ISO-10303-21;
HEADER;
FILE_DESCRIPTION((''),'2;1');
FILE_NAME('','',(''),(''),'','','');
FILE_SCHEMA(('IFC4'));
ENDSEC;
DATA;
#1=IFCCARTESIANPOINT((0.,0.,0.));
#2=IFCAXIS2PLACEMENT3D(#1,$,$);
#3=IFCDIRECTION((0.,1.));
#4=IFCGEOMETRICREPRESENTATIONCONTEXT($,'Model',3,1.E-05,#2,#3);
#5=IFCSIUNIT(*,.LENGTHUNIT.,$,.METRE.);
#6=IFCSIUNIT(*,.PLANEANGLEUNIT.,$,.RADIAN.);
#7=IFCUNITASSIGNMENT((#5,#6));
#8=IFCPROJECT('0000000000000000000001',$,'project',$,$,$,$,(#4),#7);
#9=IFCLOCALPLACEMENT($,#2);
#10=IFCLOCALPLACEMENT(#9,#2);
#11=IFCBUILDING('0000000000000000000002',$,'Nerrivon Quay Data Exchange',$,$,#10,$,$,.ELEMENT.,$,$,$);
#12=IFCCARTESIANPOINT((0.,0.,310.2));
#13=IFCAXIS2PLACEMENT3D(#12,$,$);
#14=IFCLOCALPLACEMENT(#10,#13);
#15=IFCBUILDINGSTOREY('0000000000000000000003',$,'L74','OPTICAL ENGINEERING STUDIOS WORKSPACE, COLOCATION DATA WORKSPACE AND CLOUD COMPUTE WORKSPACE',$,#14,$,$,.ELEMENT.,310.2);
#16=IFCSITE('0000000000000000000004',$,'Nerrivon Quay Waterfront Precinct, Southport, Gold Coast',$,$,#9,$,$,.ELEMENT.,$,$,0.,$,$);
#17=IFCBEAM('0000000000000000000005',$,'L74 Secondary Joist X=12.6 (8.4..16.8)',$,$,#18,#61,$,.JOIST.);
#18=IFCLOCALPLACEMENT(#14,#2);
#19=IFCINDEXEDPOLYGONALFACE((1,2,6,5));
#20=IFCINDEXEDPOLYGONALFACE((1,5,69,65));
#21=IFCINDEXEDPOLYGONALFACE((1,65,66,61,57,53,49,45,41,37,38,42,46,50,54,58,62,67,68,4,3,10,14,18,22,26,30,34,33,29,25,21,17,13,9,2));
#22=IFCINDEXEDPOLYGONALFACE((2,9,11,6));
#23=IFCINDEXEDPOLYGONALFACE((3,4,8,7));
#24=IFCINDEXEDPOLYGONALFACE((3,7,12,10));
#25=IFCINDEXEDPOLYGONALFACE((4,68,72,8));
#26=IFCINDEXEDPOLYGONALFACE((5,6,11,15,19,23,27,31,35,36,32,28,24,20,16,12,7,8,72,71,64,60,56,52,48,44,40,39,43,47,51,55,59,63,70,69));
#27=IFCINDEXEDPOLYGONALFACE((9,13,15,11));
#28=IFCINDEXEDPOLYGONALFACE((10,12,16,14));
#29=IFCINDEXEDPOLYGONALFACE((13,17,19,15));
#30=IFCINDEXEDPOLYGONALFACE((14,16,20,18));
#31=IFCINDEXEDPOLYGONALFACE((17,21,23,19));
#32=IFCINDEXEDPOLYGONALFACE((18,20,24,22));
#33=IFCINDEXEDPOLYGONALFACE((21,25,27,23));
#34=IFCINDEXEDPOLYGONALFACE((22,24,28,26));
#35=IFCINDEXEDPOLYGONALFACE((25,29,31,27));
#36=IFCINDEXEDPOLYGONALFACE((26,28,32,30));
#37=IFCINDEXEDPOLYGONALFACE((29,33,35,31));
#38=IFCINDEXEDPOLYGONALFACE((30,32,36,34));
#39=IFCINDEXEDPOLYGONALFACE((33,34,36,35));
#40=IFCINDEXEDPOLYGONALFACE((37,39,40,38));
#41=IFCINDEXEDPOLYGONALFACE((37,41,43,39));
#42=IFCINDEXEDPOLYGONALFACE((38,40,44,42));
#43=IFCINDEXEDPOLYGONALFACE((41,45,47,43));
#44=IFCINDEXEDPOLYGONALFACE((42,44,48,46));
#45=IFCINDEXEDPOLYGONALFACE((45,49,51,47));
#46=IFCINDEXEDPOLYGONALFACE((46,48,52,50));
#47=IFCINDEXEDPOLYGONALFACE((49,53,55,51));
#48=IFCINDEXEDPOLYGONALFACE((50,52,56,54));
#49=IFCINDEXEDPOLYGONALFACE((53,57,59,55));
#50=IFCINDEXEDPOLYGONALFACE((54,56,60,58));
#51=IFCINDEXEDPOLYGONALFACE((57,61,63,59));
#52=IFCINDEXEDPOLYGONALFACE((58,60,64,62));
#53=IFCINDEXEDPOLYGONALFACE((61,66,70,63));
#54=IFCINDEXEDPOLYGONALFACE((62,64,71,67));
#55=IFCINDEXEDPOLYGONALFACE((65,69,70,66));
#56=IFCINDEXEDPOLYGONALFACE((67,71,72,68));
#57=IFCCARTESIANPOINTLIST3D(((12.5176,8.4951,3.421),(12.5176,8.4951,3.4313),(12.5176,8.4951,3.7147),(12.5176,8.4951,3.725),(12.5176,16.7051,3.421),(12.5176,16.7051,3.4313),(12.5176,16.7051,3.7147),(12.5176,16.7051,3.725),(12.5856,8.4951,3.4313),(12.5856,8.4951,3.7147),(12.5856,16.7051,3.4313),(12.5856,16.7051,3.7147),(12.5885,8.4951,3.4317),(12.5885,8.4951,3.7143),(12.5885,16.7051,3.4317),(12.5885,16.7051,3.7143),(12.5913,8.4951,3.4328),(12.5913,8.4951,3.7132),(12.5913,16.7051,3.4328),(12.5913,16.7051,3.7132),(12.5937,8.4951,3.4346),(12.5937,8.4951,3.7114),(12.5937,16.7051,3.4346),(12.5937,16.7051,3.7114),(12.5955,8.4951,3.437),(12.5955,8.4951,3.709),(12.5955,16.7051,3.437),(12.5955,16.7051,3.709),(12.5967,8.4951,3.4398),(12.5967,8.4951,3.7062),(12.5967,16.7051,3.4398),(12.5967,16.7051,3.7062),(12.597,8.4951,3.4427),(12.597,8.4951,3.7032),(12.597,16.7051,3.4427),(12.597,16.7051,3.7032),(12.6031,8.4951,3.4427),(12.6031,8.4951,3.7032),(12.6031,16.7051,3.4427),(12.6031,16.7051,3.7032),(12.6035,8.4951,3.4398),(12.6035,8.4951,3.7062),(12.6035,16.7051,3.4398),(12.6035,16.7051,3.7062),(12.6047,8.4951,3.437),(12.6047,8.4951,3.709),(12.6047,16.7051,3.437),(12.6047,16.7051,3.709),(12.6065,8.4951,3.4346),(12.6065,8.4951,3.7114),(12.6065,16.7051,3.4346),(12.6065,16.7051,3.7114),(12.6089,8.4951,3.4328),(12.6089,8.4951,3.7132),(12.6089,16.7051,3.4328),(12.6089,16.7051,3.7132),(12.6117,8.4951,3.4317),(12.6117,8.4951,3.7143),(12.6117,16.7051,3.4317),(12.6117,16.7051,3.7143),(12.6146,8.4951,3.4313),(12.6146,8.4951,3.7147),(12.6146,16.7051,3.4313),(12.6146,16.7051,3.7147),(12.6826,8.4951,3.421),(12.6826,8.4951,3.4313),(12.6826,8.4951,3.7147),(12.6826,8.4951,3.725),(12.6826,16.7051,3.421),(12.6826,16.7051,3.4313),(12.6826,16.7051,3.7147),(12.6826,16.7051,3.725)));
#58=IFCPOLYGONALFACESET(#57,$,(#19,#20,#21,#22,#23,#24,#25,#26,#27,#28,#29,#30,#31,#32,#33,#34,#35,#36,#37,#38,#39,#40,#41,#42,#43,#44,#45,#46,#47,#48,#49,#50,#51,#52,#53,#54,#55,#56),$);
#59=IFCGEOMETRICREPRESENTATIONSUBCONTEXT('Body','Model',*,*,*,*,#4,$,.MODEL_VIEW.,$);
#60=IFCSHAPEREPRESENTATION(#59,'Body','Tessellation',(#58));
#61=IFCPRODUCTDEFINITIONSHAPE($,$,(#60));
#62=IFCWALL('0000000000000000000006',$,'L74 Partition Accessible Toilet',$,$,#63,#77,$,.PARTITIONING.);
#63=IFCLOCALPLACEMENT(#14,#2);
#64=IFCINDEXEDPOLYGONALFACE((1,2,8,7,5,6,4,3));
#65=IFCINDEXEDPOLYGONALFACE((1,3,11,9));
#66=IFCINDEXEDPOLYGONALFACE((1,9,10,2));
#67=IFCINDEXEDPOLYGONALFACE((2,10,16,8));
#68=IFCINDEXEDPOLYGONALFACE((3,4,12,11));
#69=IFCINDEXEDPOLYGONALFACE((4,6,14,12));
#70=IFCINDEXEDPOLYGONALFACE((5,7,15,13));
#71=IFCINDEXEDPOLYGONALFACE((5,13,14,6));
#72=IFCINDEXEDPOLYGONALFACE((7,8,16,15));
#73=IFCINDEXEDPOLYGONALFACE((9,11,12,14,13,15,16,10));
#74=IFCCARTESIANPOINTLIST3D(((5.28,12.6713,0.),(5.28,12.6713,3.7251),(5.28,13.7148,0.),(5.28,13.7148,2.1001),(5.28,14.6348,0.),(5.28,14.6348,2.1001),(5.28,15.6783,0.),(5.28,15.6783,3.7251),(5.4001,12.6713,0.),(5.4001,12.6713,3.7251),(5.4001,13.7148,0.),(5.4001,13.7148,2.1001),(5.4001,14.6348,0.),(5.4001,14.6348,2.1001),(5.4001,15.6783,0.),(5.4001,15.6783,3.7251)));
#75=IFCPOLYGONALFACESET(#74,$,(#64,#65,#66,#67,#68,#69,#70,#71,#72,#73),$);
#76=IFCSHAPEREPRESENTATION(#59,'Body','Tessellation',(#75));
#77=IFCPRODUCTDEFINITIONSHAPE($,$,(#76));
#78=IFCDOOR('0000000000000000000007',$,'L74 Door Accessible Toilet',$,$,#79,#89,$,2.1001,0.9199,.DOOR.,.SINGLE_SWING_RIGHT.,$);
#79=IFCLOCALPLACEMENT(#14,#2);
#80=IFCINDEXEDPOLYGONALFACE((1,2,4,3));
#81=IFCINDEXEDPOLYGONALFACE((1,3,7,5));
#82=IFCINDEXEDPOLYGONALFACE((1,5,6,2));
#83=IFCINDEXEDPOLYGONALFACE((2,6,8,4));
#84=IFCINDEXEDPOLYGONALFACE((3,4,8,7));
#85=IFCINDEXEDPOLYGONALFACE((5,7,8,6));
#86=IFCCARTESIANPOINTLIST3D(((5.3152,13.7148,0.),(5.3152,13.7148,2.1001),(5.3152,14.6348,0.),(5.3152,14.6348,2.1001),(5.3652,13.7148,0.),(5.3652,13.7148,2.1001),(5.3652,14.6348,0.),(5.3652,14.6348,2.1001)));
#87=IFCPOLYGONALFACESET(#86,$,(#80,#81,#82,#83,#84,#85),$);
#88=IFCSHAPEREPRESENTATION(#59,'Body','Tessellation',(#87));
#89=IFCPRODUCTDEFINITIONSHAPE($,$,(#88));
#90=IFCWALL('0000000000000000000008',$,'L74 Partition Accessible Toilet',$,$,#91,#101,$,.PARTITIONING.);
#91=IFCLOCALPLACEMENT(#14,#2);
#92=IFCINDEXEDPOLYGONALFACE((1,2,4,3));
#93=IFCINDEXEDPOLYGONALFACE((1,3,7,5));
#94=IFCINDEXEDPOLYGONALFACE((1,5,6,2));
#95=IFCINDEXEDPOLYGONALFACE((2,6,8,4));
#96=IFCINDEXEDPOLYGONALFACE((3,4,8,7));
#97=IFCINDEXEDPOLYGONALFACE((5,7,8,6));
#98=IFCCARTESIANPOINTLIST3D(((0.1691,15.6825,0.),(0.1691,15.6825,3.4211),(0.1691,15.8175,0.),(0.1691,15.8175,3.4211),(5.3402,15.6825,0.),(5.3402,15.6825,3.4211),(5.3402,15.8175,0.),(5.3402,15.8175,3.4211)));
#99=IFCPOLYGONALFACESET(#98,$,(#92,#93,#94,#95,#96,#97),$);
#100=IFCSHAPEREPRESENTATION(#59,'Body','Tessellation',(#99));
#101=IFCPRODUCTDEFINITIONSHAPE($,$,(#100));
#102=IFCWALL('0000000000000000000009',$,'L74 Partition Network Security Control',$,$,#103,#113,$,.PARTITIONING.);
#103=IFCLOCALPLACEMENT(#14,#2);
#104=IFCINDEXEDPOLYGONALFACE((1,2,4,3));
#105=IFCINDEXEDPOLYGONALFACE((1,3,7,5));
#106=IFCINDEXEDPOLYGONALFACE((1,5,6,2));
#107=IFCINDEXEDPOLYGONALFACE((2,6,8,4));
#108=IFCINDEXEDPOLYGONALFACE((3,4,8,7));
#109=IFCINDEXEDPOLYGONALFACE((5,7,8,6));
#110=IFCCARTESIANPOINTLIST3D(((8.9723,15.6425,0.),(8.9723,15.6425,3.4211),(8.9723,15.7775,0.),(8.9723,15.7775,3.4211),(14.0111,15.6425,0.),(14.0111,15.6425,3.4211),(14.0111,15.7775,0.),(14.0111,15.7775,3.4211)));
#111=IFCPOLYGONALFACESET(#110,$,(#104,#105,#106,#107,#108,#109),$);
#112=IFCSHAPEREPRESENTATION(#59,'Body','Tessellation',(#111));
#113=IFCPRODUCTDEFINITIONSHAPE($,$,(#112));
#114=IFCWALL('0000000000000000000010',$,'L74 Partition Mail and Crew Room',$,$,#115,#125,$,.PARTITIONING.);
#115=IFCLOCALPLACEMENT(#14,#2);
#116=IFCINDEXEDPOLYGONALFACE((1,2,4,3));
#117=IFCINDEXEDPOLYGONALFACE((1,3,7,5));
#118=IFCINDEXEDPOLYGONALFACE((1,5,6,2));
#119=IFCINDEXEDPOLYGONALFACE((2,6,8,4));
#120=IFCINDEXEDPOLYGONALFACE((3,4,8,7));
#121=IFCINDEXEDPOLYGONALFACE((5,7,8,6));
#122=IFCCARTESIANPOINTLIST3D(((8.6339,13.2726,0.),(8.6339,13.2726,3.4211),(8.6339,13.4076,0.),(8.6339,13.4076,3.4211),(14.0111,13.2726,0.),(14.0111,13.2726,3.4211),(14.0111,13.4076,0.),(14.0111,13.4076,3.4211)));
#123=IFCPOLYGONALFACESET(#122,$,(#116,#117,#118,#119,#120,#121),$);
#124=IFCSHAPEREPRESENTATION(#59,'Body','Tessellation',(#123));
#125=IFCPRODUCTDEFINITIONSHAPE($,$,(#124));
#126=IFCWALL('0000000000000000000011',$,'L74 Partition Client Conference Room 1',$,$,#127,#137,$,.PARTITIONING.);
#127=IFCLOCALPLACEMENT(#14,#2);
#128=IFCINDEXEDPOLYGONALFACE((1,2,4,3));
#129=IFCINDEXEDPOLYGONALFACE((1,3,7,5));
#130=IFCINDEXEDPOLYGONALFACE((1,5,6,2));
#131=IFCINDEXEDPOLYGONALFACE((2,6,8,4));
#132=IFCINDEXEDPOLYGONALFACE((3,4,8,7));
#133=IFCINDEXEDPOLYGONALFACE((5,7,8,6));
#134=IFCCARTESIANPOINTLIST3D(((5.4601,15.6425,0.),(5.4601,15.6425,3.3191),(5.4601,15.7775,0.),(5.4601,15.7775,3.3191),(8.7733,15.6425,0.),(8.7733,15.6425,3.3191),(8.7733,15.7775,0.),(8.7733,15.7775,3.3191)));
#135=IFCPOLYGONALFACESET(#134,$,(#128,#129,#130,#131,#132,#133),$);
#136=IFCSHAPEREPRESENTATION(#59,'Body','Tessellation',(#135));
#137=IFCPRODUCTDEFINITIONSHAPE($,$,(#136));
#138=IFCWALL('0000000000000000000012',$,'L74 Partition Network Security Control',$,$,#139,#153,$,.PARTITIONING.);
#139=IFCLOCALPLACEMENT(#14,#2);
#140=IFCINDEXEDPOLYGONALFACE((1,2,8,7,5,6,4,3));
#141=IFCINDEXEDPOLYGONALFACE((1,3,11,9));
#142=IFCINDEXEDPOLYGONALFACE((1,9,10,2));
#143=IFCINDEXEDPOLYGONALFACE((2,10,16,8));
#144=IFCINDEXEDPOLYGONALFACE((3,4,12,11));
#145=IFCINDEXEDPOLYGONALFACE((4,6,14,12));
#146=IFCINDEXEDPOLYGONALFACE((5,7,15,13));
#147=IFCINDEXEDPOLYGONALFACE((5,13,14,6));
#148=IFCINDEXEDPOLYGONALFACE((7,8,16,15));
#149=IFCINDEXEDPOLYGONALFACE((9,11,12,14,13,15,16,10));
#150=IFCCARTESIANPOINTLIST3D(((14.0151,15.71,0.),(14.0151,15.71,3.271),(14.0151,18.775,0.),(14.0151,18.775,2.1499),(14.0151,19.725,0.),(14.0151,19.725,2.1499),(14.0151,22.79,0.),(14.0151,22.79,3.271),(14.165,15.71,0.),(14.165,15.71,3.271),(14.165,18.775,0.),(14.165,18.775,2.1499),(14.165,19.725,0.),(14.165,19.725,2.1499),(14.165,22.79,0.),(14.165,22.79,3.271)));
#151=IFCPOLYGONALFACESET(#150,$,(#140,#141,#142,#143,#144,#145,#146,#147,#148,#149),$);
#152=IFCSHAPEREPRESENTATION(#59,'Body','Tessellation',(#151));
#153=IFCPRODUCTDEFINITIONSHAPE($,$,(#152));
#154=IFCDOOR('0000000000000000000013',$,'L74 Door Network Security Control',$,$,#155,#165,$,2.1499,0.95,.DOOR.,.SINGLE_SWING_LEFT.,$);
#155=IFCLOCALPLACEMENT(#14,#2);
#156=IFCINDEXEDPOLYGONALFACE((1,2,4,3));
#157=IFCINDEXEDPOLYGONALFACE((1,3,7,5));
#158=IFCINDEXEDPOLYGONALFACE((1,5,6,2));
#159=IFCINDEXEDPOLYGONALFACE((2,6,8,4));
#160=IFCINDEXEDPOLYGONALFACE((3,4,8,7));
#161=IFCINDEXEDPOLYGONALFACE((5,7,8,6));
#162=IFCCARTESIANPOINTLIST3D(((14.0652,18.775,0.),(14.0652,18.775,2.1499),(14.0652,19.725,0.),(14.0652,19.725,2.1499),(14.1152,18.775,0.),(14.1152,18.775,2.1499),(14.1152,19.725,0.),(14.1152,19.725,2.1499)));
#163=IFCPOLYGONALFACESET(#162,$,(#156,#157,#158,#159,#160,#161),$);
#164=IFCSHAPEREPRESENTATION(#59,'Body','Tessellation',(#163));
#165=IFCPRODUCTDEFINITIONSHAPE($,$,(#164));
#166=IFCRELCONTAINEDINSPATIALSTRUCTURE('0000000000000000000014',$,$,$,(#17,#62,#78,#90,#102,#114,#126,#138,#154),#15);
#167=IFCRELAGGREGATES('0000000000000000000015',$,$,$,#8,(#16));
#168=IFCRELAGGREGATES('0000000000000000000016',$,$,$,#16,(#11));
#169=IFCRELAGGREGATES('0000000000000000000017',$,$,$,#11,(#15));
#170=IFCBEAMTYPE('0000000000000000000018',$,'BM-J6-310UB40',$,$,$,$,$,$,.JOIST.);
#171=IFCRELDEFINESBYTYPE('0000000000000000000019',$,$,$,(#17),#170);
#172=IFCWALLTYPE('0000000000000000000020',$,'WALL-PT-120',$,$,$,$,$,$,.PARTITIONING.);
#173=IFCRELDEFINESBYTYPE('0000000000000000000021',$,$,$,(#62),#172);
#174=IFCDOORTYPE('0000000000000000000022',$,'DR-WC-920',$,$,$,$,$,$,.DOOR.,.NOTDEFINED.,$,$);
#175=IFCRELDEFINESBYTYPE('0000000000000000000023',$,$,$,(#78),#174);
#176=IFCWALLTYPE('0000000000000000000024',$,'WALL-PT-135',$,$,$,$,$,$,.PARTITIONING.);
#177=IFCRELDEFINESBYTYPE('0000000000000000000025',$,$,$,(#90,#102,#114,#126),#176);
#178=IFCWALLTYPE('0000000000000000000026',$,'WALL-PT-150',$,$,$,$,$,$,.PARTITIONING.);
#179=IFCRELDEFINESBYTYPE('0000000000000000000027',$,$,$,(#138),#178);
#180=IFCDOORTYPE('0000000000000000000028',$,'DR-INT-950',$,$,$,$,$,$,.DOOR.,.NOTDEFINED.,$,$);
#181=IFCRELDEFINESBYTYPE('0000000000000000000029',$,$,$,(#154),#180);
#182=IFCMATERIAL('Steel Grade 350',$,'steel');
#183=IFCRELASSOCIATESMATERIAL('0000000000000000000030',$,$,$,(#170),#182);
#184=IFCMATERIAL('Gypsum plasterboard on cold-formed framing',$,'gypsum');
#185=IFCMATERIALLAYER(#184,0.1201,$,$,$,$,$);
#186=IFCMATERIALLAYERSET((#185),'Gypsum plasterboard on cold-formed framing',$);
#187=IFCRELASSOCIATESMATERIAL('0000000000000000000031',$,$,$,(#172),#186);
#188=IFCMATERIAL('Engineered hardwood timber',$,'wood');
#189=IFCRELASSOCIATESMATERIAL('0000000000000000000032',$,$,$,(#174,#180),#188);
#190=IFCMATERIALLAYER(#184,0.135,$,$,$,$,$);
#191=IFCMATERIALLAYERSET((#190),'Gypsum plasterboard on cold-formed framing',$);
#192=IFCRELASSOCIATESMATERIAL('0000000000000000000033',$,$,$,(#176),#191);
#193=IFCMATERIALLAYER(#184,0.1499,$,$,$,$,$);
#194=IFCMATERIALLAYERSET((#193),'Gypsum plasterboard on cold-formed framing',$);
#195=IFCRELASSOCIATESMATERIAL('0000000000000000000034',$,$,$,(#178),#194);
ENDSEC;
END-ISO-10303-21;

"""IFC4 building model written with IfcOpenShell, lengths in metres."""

from ifc_helpers import new_model, si_unit, direction, frame, frame_2d, origin, origin_2d, place, context, subcontext, project, spatial, rectangle, i_section, extrude, material, layer, layer_set, material_profile, profile_set, type_object, element, fill, save


model = new_model("IFC4")

# Units and contexts
model_context = context("Model", 3, precision=1e-05, world=origin(), true_north=direction((0.0, 1.0)))
body_context = subcontext(model_context, "Body", "Model", "MODEL_VIEW")
ifc_project = project(units=[si_unit("LENGTHUNIT", "METRE"), si_unit("PLANEANGLEUNIT", "RADIAN")], contexts=[model_context])

# Site, building, storey
site_placement = place(None, origin())
site = spatial("IfcSite", under=ifc_project, at=site_placement, Name="Nerrivon Quay Waterfront Precinct, Southport, Gold Coast", CompositionType="ELEMENT", RefElevation=0.0)
building_placement = place(site_placement, origin())
building = spatial("IfcBuilding", under=site, at=building_placement, Name="Nerrivon Quay Data Exchange", CompositionType="ELEMENT")
storey_placement = place(building_placement, frame((0.0, 0.0, 310.2)))
storey = spatial("IfcBuildingStorey", under=building, at=storey_placement, Name="L74", Description="OPTICAL ENGINEERING STUDIOS WORKSPACE, COLOCATION DATA WORKSPACE AND CLOUD COMPUTE WORKSPACE", CompositionType="ELEMENT", Elevation=310.2)

# Shared definitions
ifc_material_1 = material(Name="Steel Grade 350", Category="steel")

# Beam
ifc_material_profile_1 = material_profile(ifc_material_1, i_section(OverallWidth=0.165, OverallDepth=0.304, WebThickness=0.0061, FlangeThickness=0.0103, FilletRadius=0.0115, at=origin_2d()), Name="310UB40.4")
ifc_profile_set_1 = profile_set([ifc_material_profile_1], Name="Steel Grade 350")
beam_type_1 = type_object("IfcBeamType", Name="BM-J6-310UB40", PredefinedType="JOIST", material=ifc_profile_set_1)
beam_1_placement = place(storey_placement, frame((12.6001, 8.4951, 3.573), z_axis=(0.0, 1.0, 0.0), x_axis=(-1.0, 0.0, 0.0)))
element("IfcBeam", 1, at=beam_1_placement, inside=storey, type_object=beam_type_1, Name="L74 Secondary Joist X=12.6 (8.4..16.8)", PredefinedType="JOIST", context=body_context, shape_type="SweptSolid", body=[
    extrude(i_section(OverallWidth=0.165, OverallDepth=0.304, WebThickness=0.0061, FlangeThickness=0.0103, FilletRadius=0.0115, at=origin_2d()), origin(), (0.0, 0.0, 1.0), 8.21),
])

# Wall, opening, door
ifc_material_2 = material(Name="Gypsum plasterboard on cold-formed framing", Category="gypsum")
ifc_material_3 = material(Name="Engineered hardwood timber", Category="wood")
ifc_layer_1 = layer(ifc_material_2, 0.1201)
ifc_layer_set_1 = layer_set([ifc_layer_1], Name="Gypsum plasterboard on cold-formed framing")
wall_type_1 = type_object("IfcWallType", Name="WALL-PT-120", PredefinedType="PARTITIONING", material=ifc_layer_set_1)
wall_1_placement = place(storey_placement, frame((5.3401, 12.6714, 0.0), z_axis=(0.0, 0.0, 1.0), x_axis=(0.0, 1.0, 0.0)))
wall_1 = element("IfcWall", 2, at=wall_1_placement, inside=storey, type_object=wall_type_1, Name="L74 Partition Accessible Toilet", PredefinedType="PARTITIONING", context=body_context, shape_type="SweptSolid", body=[
    extrude(rectangle(XDim=3.0071, YDim=0.1201, at=frame_2d((1.5034, 0.0))), origin(), (0.0, 0.0, 1.0), 3.7251),
])
opening_1_placement = place(wall_1_placement, frame((1.0435, 0.0, 0.0)))
opening_1 = element("IfcOpeningElement", 3, at=opening_1_placement, cuts=wall_1, PredefinedType="OPENING", context=body_context, shape_type="SweptSolid", body=[
    extrude(rectangle(XDim=0.9199, YDim=2.1001, at=frame_2d((0.46, 1.05))), frame((0.0, 0.0701, 0.0), z_axis=(0.0, -1.0, 0.0), x_axis=(1.0, 0.0, 0.0)), (0.0, 0.0, 1.0), 0.1401),
])
door_type_1 = type_object("IfcDoorType", Name="DR-WC-920", OperationType="NOTDEFINED", PredefinedType="DOOR", material=ifc_material_3)
door_1_placement = place(opening_1_placement, origin())
door_1 = element("IfcDoor", 4, at=door_1_placement, inside=storey, type_object=door_type_1, Name="L74 Door Accessible Toilet", OperationType="SINGLE_SWING_RIGHT", OverallHeight=2.1001, OverallWidth=0.9199, PredefinedType="DOOR", context=body_context, shape_type="SweptSolid", body=[
    extrude(rectangle(XDim=0.9199, YDim=2.1001, at=frame_2d((0.46, 1.05))), frame((0.0, 0.0249, 0.0), z_axis=(0.0, -1.0, 0.0), x_axis=(1.0, 0.0, 0.0)), (0.0, 0.0, 1.0), 0.05),
])
fill(opening_1, door_1)

# Walls
ifc_layer_2 = layer(ifc_material_2, 0.135)
ifc_layer_set_2 = layer_set([ifc_layer_2], Name="Gypsum plasterboard on cold-formed framing")
wall_type_2 = type_object("IfcWallType", Name="WALL-PT-135", PredefinedType="PARTITIONING", material=ifc_layer_set_2)
wall_2_placement = place(storey_placement, frame((5.3401, 15.75, 0.0), z_axis=(0.0, 0.0, 1.0), x_axis=(-1.0, 0.0, 0.0)))
element("IfcWall", 5, at=wall_2_placement, inside=storey, type_object=wall_type_2, Name="L74 Partition Accessible Toilet", PredefinedType="PARTITIONING", context=body_context, shape_type="SweptSolid", body=[
    extrude(rectangle(XDim=5.1711, YDim=0.135, at=frame_2d((2.5854, 0.0))), origin(), (0.0, 0.0, 1.0), 3.4211),
])
wall_3_placement = place(storey_placement, frame((8.9722, 15.71, 0.0), z_axis=(0.0, 0.0, 1.0), x_axis=(1.0, 0.0, 0.0)))
element("IfcWall", 6, at=wall_3_placement, inside=storey, type_object=wall_type_2, Name="L74 Partition Network Security Control", PredefinedType="PARTITIONING", context=body_context, shape_type="SweptSolid", body=[
    extrude(rectangle(XDim=5.0388, YDim=0.135, at=frame_2d((2.5195, 0.0))), origin(), (0.0, 0.0, 1.0), 3.4211),
])
wall_4_placement = place(storey_placement, frame((14.011, 13.3401, 0.0), z_axis=(0.0, 0.0, 1.0), x_axis=(-1.0, 0.0, 0.0)))
element("IfcWall", 7, at=wall_4_placement, inside=storey, type_object=wall_type_2, Name="L74 Partition Mail and Crew Room", PredefinedType="PARTITIONING", context=body_context, shape_type="SweptSolid", body=[
    extrude(rectangle(XDim=5.3772, YDim=0.135, at=frame_2d((2.6885, 0.0))), origin(), (0.0, 0.0, 1.0), 3.4211),
])
wall_5_placement = place(storey_placement, frame((5.46, 15.71, 0.0), z_axis=(0.0, 0.0, 1.0), x_axis=(1.0, 0.0, 0.0)))
element("IfcWall", 8, at=wall_5_placement, inside=storey, type_object=wall_type_2, Name="L74 Partition Client Conference Room 1", PredefinedType="PARTITIONING", context=body_context, shape_type="SweptSolid", body=[
    extrude(rectangle(XDim=3.3132, YDim=0.135, at=frame_2d((1.6567, 0.0))), origin(), (0.0, 0.0, 1.0), 3.3191),
])

# Wall, opening, door
ifc_layer_3 = layer(ifc_material_2, 0.1499)
ifc_layer_set_3 = layer_set([ifc_layer_3], Name="Gypsum plasterboard on cold-formed framing")
wall_type_3 = type_object("IfcWallType", Name="WALL-PT-150", PredefinedType="PARTITIONING", material=ifc_layer_set_3)
wall_6_placement = place(storey_placement, frame((14.0901, 15.71, 0.0), z_axis=(0.0, 0.0, 1.0), x_axis=(0.0, 1.0, 0.0)))
wall_6 = element("IfcWall", 9, at=wall_6_placement, inside=storey, type_object=wall_type_3, Name="L74 Partition Network Security Control", PredefinedType="PARTITIONING", context=body_context, shape_type="SweptSolid", body=[
    extrude(rectangle(XDim=7.0801, YDim=0.1499, at=frame_2d((3.54, 0.0))), origin(), (0.0, 0.0, 1.0), 3.271),
])
opening_2_placement = place(wall_6_placement, frame((3.0649, 0.0, 0.0)))
opening_2 = element("IfcOpeningElement", 10, at=opening_2_placement, cuts=wall_6, PredefinedType="OPENING", context=body_context, shape_type="SweptSolid", body=[
    extrude(rectangle(XDim=0.95, YDim=2.1499, at=frame_2d((0.4751, 1.075))), frame((0.0, 0.085, 0.0), z_axis=(0.0, -1.0, 0.0), x_axis=(1.0, 0.0, 0.0)), (0.0, 0.0, 1.0), 0.1699),
])
door_type_2 = type_object("IfcDoorType", Name="DR-INT-950", OperationType="NOTDEFINED", PredefinedType="DOOR", material=ifc_material_3)
door_2_placement = place(opening_2_placement, origin())
door_2 = element("IfcDoor", 11, at=door_2_placement, inside=storey, type_object=door_type_2, Name="L74 Door Network Security Control", OperationType="SINGLE_SWING_LEFT", OverallHeight=2.1499, OverallWidth=0.95, PredefinedType="DOOR", context=body_context, shape_type="SweptSolid", body=[
    extrude(rectangle(XDim=0.95, YDim=2.1499, at=frame_2d((0.4751, 1.075))), frame((0.0, 0.0249, 0.0), z_axis=(0.0, -1.0, 0.0), x_axis=(1.0, 0.0, 0.0)), (0.0, 0.0, 1.0), 0.05),
])
fill(opening_2, door_2)

save(model, "model.ifc")
